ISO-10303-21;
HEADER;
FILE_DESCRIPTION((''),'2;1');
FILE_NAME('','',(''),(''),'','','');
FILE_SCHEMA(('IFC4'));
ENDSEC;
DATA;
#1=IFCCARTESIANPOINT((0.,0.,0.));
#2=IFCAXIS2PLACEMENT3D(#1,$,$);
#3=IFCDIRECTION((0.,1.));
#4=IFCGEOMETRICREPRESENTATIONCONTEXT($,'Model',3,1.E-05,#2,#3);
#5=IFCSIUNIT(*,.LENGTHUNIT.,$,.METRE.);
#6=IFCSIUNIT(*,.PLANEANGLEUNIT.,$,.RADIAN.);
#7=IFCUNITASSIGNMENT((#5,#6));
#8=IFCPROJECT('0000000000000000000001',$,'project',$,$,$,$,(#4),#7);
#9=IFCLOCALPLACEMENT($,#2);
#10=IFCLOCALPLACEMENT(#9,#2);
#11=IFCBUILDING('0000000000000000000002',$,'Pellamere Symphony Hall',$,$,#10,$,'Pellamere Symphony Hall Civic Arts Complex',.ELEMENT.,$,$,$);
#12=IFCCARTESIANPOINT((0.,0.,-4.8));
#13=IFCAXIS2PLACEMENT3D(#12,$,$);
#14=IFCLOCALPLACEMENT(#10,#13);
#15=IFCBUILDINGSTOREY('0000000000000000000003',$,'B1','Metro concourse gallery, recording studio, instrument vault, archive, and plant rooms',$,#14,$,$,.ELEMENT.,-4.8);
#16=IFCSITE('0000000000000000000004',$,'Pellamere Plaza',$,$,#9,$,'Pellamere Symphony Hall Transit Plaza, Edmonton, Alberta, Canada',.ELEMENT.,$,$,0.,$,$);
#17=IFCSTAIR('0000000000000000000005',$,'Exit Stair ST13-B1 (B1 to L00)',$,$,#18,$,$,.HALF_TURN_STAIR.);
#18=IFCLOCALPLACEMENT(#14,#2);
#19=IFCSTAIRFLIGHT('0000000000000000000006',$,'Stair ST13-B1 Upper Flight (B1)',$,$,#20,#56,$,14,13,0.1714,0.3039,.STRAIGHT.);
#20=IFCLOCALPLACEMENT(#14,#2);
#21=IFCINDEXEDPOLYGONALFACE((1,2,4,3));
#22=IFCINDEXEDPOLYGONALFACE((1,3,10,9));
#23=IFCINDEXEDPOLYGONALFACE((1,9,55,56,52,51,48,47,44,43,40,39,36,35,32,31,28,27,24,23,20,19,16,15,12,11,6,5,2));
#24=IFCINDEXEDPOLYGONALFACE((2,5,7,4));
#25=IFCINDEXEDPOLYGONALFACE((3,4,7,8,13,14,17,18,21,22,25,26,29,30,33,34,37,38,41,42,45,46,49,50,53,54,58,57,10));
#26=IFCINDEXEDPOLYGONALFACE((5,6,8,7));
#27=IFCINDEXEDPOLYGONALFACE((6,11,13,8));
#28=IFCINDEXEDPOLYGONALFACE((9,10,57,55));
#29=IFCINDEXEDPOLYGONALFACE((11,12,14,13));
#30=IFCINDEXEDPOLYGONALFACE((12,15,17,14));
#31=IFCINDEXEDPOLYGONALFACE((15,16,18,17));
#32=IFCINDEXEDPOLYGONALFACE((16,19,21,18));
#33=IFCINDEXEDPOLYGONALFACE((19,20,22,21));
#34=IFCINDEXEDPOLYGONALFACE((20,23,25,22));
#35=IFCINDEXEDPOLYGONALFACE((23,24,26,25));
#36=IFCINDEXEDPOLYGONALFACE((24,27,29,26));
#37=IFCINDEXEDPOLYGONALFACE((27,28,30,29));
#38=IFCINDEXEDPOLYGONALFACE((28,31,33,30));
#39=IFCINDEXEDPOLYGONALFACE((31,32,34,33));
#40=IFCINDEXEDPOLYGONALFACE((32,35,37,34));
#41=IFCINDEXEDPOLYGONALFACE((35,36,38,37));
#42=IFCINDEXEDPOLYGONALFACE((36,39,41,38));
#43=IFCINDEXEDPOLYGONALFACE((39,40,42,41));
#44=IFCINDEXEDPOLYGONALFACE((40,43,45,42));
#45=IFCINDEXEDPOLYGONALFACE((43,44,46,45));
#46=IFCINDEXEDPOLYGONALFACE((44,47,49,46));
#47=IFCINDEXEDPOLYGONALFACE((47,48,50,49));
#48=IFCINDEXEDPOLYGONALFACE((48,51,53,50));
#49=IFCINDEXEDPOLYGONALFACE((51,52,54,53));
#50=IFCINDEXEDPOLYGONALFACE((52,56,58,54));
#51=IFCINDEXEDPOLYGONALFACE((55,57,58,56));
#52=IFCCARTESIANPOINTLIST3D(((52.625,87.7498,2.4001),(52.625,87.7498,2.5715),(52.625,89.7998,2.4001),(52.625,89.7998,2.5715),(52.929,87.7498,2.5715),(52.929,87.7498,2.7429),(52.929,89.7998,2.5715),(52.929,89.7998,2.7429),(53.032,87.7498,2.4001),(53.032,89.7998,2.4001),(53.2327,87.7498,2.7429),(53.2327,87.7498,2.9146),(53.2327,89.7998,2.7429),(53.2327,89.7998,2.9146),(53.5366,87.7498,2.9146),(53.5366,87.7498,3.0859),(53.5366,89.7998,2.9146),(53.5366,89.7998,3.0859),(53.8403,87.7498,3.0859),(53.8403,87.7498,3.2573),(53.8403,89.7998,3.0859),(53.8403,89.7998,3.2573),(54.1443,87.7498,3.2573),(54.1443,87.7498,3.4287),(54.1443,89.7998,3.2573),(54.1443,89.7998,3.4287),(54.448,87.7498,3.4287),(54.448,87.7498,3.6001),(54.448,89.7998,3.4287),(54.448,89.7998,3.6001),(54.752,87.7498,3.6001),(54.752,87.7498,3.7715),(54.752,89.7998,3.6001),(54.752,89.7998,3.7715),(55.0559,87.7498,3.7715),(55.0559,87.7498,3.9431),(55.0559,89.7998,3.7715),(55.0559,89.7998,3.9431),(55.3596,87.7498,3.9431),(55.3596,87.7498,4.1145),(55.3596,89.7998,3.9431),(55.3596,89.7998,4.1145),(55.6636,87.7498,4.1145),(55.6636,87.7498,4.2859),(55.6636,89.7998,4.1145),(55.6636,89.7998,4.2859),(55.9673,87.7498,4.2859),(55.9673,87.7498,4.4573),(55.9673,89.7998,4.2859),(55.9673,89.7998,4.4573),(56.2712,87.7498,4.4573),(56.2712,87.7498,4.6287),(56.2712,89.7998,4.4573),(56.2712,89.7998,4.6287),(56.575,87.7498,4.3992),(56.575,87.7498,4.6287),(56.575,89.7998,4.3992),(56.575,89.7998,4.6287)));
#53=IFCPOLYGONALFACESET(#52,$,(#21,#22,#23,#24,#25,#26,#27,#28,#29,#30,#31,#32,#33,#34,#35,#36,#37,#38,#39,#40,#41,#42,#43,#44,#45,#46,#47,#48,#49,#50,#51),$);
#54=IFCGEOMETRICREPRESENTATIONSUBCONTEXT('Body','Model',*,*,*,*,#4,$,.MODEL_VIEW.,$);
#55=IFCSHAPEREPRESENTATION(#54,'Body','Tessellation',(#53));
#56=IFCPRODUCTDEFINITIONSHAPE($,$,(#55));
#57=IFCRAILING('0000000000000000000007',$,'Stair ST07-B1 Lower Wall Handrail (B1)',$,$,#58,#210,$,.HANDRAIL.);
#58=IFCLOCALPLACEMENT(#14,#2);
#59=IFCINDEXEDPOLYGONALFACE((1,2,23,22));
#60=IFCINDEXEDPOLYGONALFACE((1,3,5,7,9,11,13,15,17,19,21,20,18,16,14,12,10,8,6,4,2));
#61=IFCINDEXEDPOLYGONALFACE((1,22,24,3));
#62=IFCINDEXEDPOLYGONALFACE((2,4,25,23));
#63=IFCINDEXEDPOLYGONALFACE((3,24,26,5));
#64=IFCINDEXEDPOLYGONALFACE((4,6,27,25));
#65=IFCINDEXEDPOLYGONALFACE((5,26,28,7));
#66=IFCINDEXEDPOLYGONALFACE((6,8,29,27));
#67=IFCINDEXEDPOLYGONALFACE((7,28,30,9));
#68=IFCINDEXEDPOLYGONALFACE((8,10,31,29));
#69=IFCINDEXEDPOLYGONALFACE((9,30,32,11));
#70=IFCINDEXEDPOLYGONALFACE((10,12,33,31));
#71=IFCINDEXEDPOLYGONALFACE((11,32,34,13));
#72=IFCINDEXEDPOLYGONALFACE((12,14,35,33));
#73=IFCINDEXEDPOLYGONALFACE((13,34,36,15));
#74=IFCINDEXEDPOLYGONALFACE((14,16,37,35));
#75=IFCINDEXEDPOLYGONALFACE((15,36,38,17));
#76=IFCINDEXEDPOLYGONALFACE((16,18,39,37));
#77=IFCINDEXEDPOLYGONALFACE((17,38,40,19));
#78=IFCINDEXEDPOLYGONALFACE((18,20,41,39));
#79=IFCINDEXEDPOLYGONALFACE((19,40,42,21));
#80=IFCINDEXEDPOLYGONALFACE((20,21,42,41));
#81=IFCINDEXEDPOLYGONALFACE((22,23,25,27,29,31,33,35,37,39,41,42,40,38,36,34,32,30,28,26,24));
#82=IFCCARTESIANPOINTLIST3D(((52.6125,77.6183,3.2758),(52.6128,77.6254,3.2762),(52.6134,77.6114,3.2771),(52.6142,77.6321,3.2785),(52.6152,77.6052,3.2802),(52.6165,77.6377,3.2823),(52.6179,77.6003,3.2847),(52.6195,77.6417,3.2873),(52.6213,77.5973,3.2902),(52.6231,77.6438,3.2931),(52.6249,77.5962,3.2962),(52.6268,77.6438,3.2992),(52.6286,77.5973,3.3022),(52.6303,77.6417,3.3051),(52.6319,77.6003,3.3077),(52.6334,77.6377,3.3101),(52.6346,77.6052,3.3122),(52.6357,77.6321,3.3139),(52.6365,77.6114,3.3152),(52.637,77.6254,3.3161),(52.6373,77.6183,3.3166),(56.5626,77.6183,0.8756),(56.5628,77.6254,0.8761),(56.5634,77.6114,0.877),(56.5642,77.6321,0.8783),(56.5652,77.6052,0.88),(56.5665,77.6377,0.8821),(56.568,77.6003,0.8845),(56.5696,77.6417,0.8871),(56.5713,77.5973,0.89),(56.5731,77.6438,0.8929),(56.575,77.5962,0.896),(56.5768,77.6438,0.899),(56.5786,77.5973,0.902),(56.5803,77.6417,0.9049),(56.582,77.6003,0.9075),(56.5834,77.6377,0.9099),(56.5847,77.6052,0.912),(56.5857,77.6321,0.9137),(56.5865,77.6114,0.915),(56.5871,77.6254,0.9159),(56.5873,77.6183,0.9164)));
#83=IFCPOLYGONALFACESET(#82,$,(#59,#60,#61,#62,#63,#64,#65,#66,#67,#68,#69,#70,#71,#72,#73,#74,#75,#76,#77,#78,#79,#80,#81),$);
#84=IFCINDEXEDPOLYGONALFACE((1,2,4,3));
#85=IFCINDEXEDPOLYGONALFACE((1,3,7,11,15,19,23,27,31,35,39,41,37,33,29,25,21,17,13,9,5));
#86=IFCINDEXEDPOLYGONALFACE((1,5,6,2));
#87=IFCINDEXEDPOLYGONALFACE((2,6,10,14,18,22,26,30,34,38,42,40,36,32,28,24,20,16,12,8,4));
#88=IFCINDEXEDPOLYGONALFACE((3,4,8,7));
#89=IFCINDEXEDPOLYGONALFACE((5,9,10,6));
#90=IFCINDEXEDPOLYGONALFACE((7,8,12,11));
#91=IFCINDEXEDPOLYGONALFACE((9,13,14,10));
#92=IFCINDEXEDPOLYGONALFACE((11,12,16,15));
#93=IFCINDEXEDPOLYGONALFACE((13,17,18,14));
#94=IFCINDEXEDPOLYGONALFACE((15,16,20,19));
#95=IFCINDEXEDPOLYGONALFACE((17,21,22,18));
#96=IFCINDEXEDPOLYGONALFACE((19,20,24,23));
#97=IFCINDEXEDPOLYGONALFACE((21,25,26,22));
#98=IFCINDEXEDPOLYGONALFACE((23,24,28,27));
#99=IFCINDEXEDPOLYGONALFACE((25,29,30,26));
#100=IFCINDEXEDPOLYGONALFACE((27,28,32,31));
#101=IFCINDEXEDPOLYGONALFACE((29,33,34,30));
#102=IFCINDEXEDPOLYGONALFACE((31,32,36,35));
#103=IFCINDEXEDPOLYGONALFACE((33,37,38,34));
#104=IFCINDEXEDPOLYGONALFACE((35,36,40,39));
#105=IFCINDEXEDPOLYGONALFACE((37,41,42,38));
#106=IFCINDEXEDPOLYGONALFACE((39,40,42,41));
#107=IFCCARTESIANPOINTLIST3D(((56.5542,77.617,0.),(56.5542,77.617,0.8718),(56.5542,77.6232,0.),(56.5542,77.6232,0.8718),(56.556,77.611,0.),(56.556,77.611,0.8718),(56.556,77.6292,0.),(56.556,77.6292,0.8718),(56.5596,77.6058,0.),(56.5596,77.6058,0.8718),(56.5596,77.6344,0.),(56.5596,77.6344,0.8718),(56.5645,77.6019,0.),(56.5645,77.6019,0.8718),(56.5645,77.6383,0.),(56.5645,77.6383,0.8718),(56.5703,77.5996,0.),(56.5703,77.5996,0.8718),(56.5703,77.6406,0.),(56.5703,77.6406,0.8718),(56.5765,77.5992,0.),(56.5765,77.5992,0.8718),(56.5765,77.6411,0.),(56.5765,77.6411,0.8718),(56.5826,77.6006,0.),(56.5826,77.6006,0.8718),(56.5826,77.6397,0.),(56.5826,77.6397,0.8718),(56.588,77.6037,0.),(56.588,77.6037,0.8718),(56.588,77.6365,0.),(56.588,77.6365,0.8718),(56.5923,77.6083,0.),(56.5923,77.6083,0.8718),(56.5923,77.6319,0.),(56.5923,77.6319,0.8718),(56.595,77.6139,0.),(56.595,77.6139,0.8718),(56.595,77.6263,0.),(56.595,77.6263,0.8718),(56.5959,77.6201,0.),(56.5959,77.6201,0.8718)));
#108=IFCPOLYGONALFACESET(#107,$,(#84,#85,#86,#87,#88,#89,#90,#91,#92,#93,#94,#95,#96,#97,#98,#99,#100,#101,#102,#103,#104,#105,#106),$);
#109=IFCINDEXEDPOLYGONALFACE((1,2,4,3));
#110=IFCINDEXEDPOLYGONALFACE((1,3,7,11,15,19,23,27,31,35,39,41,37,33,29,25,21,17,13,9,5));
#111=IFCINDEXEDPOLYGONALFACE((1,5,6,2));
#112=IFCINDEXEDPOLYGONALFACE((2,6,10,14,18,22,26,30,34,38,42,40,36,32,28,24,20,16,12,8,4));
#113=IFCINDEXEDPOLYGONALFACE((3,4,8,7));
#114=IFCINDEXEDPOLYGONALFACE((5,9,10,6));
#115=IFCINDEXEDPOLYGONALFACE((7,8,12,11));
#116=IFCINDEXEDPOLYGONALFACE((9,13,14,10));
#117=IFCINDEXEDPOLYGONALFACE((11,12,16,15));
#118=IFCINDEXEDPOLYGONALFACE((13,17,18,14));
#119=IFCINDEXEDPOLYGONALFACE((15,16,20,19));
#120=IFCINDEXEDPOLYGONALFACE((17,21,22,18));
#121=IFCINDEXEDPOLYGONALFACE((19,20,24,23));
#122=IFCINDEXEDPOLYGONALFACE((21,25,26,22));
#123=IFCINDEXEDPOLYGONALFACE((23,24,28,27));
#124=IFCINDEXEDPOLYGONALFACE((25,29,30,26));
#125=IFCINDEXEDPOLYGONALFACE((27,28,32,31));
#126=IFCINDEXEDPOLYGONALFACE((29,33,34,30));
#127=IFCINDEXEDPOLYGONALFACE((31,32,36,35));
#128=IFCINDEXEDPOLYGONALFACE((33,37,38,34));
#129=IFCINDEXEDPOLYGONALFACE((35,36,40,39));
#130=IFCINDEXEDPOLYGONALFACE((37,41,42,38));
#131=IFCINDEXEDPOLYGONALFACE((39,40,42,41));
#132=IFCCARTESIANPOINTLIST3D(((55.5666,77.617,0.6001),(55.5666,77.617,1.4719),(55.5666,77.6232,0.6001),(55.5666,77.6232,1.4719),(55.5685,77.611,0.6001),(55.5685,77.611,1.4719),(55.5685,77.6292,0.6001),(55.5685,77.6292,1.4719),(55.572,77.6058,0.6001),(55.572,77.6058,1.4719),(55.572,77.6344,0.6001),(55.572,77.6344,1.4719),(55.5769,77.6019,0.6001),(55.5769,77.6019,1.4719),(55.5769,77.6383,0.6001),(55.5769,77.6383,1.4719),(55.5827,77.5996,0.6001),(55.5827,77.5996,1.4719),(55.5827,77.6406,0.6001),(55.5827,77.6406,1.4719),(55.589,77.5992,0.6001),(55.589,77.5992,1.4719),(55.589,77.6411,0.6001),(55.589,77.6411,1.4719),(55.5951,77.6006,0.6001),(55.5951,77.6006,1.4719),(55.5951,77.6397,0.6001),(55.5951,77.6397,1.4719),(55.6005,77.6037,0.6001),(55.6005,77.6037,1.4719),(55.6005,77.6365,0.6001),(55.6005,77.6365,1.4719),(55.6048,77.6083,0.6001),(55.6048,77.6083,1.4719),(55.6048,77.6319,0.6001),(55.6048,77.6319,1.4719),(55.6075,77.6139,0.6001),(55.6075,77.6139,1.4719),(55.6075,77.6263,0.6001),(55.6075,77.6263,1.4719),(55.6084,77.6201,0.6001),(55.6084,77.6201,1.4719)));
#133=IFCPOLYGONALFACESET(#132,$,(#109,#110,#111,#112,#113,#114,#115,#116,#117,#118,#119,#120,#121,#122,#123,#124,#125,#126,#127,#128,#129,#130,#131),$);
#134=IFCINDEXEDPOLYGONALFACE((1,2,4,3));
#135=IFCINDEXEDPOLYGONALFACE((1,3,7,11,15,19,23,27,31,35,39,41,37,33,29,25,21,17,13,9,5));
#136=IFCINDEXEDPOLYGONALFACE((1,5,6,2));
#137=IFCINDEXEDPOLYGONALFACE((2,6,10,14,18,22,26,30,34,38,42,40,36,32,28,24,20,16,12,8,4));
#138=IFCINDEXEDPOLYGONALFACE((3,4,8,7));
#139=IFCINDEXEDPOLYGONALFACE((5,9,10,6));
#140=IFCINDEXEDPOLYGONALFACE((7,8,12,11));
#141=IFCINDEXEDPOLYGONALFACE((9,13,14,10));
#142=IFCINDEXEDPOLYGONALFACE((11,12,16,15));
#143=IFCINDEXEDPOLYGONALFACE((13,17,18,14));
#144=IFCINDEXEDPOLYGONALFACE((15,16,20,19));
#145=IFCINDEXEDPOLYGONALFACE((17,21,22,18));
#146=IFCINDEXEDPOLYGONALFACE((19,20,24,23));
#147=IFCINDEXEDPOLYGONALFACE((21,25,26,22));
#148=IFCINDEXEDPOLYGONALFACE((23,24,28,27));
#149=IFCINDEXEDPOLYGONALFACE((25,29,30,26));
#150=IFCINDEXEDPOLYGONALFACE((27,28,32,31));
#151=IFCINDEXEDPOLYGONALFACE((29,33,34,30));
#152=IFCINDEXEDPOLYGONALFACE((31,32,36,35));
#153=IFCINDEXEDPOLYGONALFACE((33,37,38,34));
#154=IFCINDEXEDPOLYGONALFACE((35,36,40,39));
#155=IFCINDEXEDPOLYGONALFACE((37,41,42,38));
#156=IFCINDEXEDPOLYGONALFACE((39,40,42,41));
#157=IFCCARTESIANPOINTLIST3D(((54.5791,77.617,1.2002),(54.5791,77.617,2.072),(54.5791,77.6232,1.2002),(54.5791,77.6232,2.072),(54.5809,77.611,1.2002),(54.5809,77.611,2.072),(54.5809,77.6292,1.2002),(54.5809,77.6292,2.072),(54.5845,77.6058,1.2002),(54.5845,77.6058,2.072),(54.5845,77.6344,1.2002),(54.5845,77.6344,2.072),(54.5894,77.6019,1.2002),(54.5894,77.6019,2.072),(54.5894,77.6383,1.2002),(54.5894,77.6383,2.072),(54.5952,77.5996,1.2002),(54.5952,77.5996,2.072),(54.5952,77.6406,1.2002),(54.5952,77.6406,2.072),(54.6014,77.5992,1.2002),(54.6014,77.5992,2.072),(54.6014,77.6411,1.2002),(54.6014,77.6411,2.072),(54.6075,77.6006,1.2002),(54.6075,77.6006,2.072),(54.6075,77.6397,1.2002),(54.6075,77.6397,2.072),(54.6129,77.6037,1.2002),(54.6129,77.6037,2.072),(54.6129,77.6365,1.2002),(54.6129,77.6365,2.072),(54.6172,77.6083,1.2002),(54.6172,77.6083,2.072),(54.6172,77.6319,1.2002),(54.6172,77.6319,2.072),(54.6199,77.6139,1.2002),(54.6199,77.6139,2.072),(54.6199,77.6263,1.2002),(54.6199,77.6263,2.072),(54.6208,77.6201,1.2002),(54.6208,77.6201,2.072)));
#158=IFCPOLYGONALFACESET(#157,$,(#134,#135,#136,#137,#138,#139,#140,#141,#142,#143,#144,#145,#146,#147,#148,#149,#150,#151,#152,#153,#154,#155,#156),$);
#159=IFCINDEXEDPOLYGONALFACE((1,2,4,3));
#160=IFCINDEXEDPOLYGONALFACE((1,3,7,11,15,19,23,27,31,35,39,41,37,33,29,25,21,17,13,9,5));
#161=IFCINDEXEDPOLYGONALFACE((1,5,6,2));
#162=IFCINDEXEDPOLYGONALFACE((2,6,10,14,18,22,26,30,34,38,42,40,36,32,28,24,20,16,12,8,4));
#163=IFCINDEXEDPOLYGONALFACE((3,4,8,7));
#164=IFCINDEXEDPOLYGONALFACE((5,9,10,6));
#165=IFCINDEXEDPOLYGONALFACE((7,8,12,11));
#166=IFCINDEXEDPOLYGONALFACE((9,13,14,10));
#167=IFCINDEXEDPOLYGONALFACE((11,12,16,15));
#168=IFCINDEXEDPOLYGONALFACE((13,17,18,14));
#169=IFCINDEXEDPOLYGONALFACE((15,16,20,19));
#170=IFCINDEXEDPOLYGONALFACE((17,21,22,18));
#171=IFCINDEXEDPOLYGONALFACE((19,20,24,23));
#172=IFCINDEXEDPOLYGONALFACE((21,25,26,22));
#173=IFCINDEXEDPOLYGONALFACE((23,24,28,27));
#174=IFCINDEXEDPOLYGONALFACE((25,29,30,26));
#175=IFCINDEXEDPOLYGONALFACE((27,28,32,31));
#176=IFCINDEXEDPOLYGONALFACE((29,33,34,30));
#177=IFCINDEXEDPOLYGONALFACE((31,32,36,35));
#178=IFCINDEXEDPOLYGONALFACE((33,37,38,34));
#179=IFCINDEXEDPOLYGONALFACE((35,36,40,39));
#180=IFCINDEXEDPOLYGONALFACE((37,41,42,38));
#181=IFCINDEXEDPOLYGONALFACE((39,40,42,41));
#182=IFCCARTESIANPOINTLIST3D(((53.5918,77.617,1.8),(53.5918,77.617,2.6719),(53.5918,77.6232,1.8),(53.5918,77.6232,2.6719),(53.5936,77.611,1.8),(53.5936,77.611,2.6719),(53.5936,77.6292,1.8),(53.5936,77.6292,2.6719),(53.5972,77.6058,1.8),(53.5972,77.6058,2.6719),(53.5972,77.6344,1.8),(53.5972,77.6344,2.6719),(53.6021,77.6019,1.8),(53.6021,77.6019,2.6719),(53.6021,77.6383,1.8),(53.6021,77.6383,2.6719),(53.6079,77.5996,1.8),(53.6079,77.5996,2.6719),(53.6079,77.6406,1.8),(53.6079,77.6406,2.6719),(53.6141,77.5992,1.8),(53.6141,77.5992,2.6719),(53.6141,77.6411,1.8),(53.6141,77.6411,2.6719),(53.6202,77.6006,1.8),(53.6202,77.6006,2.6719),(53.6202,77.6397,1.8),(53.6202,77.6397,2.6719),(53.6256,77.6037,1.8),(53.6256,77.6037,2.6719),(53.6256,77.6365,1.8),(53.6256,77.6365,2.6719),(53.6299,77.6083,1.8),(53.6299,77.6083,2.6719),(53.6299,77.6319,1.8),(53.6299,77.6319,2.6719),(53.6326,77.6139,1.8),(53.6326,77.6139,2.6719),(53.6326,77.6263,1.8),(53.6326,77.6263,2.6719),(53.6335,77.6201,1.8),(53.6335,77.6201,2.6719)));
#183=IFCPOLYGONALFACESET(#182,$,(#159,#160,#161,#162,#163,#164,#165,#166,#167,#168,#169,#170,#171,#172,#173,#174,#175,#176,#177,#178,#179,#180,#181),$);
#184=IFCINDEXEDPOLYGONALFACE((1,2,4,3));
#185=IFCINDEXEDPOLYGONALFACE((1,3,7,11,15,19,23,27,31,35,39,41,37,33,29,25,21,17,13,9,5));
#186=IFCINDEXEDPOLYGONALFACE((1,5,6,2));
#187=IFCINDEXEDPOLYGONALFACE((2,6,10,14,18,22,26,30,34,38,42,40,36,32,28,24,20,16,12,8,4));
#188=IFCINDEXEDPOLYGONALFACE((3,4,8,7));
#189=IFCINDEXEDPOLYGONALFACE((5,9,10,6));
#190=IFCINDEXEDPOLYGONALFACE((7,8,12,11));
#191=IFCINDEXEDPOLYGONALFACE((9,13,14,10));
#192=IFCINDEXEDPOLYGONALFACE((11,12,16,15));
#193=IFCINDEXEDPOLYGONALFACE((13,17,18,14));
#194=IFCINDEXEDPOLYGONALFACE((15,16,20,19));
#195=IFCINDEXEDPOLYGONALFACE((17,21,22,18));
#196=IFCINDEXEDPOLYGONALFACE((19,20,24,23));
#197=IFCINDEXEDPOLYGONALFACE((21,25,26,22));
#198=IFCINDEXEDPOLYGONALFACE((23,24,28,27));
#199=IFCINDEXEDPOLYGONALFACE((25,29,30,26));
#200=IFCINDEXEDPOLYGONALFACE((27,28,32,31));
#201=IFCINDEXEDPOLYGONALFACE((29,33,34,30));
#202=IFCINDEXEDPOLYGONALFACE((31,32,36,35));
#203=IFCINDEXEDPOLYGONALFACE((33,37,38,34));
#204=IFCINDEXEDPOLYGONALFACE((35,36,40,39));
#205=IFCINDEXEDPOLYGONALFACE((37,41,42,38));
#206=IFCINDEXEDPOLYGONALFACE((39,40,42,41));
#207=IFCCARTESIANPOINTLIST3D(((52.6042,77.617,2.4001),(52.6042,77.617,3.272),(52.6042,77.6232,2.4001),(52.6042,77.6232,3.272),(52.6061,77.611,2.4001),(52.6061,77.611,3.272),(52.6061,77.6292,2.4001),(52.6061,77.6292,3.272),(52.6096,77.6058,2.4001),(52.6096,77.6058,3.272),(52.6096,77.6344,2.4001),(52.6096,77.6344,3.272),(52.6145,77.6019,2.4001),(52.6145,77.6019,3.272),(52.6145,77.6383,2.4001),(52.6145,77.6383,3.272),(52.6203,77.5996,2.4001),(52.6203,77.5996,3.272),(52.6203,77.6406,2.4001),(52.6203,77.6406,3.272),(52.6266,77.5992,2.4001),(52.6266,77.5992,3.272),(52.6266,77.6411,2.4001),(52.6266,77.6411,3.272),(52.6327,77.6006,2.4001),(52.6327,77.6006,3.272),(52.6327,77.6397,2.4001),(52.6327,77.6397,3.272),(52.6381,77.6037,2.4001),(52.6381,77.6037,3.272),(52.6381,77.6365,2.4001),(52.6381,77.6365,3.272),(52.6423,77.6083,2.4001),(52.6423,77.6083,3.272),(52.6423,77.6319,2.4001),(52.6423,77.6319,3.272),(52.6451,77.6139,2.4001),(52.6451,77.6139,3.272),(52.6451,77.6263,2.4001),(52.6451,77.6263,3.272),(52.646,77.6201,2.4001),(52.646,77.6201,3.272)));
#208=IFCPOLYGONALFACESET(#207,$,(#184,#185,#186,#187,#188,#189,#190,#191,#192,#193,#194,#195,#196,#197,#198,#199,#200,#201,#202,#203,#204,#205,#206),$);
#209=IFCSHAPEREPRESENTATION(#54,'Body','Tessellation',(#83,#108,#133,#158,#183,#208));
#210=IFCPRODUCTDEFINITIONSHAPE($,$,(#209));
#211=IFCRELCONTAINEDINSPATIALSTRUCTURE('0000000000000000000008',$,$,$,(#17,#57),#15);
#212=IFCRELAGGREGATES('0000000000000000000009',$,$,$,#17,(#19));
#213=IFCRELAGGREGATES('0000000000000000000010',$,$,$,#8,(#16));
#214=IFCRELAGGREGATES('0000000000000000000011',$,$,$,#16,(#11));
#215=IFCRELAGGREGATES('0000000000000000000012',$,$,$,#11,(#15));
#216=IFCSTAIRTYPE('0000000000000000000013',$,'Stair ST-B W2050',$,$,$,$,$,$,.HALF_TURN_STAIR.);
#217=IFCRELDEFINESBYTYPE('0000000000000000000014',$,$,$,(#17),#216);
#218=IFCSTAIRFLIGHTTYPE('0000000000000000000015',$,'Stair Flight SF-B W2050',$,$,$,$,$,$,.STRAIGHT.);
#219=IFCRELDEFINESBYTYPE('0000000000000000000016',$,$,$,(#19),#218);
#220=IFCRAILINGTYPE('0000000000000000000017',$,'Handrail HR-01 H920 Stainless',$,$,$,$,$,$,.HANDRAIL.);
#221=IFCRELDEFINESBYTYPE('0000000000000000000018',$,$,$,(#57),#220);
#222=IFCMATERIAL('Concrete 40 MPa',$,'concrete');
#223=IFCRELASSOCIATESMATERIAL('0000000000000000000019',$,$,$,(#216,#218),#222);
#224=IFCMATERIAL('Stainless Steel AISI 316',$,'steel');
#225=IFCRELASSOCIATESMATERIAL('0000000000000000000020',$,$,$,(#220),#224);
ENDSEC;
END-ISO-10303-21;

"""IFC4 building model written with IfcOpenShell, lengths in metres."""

from ifc_helpers import new_model, si_unit, direction, frame, origin, origin_2d, place, context, subcontext, project, spatial, polyline, circle, outline, extrude, material, type_object, element, aggregate, save


model = new_model("IFC4")

# Units and contexts
model_context = context("Model", 3, precision=1e-05, world=origin(), true_north=direction((0.0, 1.0)))
body_context = subcontext(model_context, "Body", "Model", "MODEL_VIEW")
ifc_project = project(units=[si_unit("LENGTHUNIT", "METRE"), si_unit("PLANEANGLEUNIT", "RADIAN")], contexts=[model_context])

# Site, building, storey
site_placement = place(None, origin())
site = spatial("IfcSite", under=ifc_project, at=site_placement, Name="Pellamere Plaza", LongName="Pellamere Symphony Hall Transit Plaza, Edmonton, Alberta, Canada", CompositionType="ELEMENT", RefElevation=0.0)
building_placement = place(site_placement, origin())
building = spatial("IfcBuilding", under=site, at=building_placement, Name="Pellamere Symphony Hall", LongName="Pellamere Symphony Hall Civic Arts Complex", CompositionType="ELEMENT")
storey_placement = place(building_placement, frame((0.0, 0.0, -4.8)))
storey = spatial("IfcBuildingStorey", under=building, at=storey_placement, Name="B1", Description="Metro concourse gallery, recording studio, instrument vault, archive, and plant rooms", CompositionType="ELEMENT", Elevation=-4.8)

# Shared definitions
ifc_material_1 = material(Name="Concrete 40 MPa", Category="concrete")

# Stair, stair flight
stair_type = type_object("IfcStairType", Name="Stair ST-B W2050", PredefinedType="HALF_TURN_STAIR", material=ifc_material_1)
stair_flight_type = type_object("IfcStairFlightType", Name="Stair Flight SF-B W2050", PredefinedType="STRAIGHT", material=ifc_material_1)
stair_1_placement = place(storey_placement, origin())
stair_1 = element("IfcStair", 1, at=stair_1_placement, inside=storey, type_object=stair_type, Name="Exit Stair ST13-B1 (B1 to L00)", PredefinedType="HALF_TURN_STAIR")
stair_flight_1_placement = place(storey_placement, frame((52.625, 88.7749, 2.4001), z_axis=(0.0, 0.0, 1.0), x_axis=(1.0, 0.0, 0.0)))
stair_flight_1 = element("IfcStairFlight", 2, at=stair_flight_1_placement, type_object=stair_flight_type, Name="Stair ST13-B1 Upper Flight (B1)", NumberOfRisers=14, NumberOfTreads=13, PredefinedType="STRAIGHT", RiserHeight=0.1714, TreadLength=0.3039, context=body_context, shape_type="SweptSolid", body=[
    extrude(outline(polyline([(0.0, 0.0), (0.0, 0.1714), (0.304, 0.1714), (0.304, 0.3428), (0.6077, 0.3428), (0.6077, 0.5144), (0.9116, 0.5144), (0.9116, 0.6858), (1.2153, 0.6858), (1.2153, 0.8572), (1.5193, 0.8572), (1.5193, 1.0286), (1.823, 1.0286), (1.823, 1.2), (2.127, 1.2), (2.127, 1.3713), (2.4309, 1.3713), (2.4309, 1.543), (2.7346, 1.543), (2.7346, 1.7144), (3.0386, 1.7144), (3.0386, 1.8857), (3.3423, 1.8857), (3.3423, 2.0571), (3.6462, 2.0571), (3.6462, 2.2285), (3.95, 2.2285), (3.95, 2.3999), (3.95, 1.999), (0.407, 0.0), (0.0, 0.0)])), frame((0.0, 1.0249, 0.0), z_axis=(0.0, -1.0, 0.0), x_axis=(1.0, 0.0, 0.0)), (0.0, 0.0, 1.0), 2.05),
])
aggregate(stair_1, [stair_flight_1])

# Railing
ifc_material_2 = material(Name="Stainless Steel AISI 316", Category="steel")
railing_type_1 = type_object("IfcRailingType", Name="Handrail HR-01 H920 Stainless", PredefinedType="HANDRAIL", material=ifc_material_2)
railing_1_placement = place(storey_placement, frame((56.575, 77.6201, 0.0)))
element("IfcRailing", 3, at=railing_1_placement, inside=storey, type_object=railing_type_1, Name="Stair ST07-B1 Lower Wall Handrail (B1)", PredefinedType="HANDRAIL", context=body_context, shape_type="SweptSolid", body=[
    extrude(circle(Radius=0.0239, at=origin_2d()), frame((0.0, 0.0, 0.896), z_axis=(-0.854599, 0.0, 0.519288), x_axis=(0.0, -1.0, 0.0)), (0.0, 0.0, 1.0), 4.6221),
    extrude(circle(Radius=0.021, at=origin_2d()), origin(), (0.0, 0.0, 1.0), 0.8718),
    extrude(circle(Radius=0.021, at=origin_2d()), frame((-0.9875, 0.0, 0.6001)), (0.0, 0.0, 1.0), 0.8718),
    extrude(circle(Radius=0.021, at=origin_2d()), frame((-1.9751, 0.0, 1.2002)), (0.0, 0.0, 1.0), 0.8718),
    extrude(circle(Radius=0.021, at=origin_2d()), frame((-2.9624, 0.0, 1.8)), (0.0, 0.0, 1.0), 0.8718),
    extrude(circle(Radius=0.021, at=origin_2d()), frame((-3.95, 0.0, 2.4001)), (0.0, 0.0, 1.0), 0.8718),
])

save(model, "model.ifc")
